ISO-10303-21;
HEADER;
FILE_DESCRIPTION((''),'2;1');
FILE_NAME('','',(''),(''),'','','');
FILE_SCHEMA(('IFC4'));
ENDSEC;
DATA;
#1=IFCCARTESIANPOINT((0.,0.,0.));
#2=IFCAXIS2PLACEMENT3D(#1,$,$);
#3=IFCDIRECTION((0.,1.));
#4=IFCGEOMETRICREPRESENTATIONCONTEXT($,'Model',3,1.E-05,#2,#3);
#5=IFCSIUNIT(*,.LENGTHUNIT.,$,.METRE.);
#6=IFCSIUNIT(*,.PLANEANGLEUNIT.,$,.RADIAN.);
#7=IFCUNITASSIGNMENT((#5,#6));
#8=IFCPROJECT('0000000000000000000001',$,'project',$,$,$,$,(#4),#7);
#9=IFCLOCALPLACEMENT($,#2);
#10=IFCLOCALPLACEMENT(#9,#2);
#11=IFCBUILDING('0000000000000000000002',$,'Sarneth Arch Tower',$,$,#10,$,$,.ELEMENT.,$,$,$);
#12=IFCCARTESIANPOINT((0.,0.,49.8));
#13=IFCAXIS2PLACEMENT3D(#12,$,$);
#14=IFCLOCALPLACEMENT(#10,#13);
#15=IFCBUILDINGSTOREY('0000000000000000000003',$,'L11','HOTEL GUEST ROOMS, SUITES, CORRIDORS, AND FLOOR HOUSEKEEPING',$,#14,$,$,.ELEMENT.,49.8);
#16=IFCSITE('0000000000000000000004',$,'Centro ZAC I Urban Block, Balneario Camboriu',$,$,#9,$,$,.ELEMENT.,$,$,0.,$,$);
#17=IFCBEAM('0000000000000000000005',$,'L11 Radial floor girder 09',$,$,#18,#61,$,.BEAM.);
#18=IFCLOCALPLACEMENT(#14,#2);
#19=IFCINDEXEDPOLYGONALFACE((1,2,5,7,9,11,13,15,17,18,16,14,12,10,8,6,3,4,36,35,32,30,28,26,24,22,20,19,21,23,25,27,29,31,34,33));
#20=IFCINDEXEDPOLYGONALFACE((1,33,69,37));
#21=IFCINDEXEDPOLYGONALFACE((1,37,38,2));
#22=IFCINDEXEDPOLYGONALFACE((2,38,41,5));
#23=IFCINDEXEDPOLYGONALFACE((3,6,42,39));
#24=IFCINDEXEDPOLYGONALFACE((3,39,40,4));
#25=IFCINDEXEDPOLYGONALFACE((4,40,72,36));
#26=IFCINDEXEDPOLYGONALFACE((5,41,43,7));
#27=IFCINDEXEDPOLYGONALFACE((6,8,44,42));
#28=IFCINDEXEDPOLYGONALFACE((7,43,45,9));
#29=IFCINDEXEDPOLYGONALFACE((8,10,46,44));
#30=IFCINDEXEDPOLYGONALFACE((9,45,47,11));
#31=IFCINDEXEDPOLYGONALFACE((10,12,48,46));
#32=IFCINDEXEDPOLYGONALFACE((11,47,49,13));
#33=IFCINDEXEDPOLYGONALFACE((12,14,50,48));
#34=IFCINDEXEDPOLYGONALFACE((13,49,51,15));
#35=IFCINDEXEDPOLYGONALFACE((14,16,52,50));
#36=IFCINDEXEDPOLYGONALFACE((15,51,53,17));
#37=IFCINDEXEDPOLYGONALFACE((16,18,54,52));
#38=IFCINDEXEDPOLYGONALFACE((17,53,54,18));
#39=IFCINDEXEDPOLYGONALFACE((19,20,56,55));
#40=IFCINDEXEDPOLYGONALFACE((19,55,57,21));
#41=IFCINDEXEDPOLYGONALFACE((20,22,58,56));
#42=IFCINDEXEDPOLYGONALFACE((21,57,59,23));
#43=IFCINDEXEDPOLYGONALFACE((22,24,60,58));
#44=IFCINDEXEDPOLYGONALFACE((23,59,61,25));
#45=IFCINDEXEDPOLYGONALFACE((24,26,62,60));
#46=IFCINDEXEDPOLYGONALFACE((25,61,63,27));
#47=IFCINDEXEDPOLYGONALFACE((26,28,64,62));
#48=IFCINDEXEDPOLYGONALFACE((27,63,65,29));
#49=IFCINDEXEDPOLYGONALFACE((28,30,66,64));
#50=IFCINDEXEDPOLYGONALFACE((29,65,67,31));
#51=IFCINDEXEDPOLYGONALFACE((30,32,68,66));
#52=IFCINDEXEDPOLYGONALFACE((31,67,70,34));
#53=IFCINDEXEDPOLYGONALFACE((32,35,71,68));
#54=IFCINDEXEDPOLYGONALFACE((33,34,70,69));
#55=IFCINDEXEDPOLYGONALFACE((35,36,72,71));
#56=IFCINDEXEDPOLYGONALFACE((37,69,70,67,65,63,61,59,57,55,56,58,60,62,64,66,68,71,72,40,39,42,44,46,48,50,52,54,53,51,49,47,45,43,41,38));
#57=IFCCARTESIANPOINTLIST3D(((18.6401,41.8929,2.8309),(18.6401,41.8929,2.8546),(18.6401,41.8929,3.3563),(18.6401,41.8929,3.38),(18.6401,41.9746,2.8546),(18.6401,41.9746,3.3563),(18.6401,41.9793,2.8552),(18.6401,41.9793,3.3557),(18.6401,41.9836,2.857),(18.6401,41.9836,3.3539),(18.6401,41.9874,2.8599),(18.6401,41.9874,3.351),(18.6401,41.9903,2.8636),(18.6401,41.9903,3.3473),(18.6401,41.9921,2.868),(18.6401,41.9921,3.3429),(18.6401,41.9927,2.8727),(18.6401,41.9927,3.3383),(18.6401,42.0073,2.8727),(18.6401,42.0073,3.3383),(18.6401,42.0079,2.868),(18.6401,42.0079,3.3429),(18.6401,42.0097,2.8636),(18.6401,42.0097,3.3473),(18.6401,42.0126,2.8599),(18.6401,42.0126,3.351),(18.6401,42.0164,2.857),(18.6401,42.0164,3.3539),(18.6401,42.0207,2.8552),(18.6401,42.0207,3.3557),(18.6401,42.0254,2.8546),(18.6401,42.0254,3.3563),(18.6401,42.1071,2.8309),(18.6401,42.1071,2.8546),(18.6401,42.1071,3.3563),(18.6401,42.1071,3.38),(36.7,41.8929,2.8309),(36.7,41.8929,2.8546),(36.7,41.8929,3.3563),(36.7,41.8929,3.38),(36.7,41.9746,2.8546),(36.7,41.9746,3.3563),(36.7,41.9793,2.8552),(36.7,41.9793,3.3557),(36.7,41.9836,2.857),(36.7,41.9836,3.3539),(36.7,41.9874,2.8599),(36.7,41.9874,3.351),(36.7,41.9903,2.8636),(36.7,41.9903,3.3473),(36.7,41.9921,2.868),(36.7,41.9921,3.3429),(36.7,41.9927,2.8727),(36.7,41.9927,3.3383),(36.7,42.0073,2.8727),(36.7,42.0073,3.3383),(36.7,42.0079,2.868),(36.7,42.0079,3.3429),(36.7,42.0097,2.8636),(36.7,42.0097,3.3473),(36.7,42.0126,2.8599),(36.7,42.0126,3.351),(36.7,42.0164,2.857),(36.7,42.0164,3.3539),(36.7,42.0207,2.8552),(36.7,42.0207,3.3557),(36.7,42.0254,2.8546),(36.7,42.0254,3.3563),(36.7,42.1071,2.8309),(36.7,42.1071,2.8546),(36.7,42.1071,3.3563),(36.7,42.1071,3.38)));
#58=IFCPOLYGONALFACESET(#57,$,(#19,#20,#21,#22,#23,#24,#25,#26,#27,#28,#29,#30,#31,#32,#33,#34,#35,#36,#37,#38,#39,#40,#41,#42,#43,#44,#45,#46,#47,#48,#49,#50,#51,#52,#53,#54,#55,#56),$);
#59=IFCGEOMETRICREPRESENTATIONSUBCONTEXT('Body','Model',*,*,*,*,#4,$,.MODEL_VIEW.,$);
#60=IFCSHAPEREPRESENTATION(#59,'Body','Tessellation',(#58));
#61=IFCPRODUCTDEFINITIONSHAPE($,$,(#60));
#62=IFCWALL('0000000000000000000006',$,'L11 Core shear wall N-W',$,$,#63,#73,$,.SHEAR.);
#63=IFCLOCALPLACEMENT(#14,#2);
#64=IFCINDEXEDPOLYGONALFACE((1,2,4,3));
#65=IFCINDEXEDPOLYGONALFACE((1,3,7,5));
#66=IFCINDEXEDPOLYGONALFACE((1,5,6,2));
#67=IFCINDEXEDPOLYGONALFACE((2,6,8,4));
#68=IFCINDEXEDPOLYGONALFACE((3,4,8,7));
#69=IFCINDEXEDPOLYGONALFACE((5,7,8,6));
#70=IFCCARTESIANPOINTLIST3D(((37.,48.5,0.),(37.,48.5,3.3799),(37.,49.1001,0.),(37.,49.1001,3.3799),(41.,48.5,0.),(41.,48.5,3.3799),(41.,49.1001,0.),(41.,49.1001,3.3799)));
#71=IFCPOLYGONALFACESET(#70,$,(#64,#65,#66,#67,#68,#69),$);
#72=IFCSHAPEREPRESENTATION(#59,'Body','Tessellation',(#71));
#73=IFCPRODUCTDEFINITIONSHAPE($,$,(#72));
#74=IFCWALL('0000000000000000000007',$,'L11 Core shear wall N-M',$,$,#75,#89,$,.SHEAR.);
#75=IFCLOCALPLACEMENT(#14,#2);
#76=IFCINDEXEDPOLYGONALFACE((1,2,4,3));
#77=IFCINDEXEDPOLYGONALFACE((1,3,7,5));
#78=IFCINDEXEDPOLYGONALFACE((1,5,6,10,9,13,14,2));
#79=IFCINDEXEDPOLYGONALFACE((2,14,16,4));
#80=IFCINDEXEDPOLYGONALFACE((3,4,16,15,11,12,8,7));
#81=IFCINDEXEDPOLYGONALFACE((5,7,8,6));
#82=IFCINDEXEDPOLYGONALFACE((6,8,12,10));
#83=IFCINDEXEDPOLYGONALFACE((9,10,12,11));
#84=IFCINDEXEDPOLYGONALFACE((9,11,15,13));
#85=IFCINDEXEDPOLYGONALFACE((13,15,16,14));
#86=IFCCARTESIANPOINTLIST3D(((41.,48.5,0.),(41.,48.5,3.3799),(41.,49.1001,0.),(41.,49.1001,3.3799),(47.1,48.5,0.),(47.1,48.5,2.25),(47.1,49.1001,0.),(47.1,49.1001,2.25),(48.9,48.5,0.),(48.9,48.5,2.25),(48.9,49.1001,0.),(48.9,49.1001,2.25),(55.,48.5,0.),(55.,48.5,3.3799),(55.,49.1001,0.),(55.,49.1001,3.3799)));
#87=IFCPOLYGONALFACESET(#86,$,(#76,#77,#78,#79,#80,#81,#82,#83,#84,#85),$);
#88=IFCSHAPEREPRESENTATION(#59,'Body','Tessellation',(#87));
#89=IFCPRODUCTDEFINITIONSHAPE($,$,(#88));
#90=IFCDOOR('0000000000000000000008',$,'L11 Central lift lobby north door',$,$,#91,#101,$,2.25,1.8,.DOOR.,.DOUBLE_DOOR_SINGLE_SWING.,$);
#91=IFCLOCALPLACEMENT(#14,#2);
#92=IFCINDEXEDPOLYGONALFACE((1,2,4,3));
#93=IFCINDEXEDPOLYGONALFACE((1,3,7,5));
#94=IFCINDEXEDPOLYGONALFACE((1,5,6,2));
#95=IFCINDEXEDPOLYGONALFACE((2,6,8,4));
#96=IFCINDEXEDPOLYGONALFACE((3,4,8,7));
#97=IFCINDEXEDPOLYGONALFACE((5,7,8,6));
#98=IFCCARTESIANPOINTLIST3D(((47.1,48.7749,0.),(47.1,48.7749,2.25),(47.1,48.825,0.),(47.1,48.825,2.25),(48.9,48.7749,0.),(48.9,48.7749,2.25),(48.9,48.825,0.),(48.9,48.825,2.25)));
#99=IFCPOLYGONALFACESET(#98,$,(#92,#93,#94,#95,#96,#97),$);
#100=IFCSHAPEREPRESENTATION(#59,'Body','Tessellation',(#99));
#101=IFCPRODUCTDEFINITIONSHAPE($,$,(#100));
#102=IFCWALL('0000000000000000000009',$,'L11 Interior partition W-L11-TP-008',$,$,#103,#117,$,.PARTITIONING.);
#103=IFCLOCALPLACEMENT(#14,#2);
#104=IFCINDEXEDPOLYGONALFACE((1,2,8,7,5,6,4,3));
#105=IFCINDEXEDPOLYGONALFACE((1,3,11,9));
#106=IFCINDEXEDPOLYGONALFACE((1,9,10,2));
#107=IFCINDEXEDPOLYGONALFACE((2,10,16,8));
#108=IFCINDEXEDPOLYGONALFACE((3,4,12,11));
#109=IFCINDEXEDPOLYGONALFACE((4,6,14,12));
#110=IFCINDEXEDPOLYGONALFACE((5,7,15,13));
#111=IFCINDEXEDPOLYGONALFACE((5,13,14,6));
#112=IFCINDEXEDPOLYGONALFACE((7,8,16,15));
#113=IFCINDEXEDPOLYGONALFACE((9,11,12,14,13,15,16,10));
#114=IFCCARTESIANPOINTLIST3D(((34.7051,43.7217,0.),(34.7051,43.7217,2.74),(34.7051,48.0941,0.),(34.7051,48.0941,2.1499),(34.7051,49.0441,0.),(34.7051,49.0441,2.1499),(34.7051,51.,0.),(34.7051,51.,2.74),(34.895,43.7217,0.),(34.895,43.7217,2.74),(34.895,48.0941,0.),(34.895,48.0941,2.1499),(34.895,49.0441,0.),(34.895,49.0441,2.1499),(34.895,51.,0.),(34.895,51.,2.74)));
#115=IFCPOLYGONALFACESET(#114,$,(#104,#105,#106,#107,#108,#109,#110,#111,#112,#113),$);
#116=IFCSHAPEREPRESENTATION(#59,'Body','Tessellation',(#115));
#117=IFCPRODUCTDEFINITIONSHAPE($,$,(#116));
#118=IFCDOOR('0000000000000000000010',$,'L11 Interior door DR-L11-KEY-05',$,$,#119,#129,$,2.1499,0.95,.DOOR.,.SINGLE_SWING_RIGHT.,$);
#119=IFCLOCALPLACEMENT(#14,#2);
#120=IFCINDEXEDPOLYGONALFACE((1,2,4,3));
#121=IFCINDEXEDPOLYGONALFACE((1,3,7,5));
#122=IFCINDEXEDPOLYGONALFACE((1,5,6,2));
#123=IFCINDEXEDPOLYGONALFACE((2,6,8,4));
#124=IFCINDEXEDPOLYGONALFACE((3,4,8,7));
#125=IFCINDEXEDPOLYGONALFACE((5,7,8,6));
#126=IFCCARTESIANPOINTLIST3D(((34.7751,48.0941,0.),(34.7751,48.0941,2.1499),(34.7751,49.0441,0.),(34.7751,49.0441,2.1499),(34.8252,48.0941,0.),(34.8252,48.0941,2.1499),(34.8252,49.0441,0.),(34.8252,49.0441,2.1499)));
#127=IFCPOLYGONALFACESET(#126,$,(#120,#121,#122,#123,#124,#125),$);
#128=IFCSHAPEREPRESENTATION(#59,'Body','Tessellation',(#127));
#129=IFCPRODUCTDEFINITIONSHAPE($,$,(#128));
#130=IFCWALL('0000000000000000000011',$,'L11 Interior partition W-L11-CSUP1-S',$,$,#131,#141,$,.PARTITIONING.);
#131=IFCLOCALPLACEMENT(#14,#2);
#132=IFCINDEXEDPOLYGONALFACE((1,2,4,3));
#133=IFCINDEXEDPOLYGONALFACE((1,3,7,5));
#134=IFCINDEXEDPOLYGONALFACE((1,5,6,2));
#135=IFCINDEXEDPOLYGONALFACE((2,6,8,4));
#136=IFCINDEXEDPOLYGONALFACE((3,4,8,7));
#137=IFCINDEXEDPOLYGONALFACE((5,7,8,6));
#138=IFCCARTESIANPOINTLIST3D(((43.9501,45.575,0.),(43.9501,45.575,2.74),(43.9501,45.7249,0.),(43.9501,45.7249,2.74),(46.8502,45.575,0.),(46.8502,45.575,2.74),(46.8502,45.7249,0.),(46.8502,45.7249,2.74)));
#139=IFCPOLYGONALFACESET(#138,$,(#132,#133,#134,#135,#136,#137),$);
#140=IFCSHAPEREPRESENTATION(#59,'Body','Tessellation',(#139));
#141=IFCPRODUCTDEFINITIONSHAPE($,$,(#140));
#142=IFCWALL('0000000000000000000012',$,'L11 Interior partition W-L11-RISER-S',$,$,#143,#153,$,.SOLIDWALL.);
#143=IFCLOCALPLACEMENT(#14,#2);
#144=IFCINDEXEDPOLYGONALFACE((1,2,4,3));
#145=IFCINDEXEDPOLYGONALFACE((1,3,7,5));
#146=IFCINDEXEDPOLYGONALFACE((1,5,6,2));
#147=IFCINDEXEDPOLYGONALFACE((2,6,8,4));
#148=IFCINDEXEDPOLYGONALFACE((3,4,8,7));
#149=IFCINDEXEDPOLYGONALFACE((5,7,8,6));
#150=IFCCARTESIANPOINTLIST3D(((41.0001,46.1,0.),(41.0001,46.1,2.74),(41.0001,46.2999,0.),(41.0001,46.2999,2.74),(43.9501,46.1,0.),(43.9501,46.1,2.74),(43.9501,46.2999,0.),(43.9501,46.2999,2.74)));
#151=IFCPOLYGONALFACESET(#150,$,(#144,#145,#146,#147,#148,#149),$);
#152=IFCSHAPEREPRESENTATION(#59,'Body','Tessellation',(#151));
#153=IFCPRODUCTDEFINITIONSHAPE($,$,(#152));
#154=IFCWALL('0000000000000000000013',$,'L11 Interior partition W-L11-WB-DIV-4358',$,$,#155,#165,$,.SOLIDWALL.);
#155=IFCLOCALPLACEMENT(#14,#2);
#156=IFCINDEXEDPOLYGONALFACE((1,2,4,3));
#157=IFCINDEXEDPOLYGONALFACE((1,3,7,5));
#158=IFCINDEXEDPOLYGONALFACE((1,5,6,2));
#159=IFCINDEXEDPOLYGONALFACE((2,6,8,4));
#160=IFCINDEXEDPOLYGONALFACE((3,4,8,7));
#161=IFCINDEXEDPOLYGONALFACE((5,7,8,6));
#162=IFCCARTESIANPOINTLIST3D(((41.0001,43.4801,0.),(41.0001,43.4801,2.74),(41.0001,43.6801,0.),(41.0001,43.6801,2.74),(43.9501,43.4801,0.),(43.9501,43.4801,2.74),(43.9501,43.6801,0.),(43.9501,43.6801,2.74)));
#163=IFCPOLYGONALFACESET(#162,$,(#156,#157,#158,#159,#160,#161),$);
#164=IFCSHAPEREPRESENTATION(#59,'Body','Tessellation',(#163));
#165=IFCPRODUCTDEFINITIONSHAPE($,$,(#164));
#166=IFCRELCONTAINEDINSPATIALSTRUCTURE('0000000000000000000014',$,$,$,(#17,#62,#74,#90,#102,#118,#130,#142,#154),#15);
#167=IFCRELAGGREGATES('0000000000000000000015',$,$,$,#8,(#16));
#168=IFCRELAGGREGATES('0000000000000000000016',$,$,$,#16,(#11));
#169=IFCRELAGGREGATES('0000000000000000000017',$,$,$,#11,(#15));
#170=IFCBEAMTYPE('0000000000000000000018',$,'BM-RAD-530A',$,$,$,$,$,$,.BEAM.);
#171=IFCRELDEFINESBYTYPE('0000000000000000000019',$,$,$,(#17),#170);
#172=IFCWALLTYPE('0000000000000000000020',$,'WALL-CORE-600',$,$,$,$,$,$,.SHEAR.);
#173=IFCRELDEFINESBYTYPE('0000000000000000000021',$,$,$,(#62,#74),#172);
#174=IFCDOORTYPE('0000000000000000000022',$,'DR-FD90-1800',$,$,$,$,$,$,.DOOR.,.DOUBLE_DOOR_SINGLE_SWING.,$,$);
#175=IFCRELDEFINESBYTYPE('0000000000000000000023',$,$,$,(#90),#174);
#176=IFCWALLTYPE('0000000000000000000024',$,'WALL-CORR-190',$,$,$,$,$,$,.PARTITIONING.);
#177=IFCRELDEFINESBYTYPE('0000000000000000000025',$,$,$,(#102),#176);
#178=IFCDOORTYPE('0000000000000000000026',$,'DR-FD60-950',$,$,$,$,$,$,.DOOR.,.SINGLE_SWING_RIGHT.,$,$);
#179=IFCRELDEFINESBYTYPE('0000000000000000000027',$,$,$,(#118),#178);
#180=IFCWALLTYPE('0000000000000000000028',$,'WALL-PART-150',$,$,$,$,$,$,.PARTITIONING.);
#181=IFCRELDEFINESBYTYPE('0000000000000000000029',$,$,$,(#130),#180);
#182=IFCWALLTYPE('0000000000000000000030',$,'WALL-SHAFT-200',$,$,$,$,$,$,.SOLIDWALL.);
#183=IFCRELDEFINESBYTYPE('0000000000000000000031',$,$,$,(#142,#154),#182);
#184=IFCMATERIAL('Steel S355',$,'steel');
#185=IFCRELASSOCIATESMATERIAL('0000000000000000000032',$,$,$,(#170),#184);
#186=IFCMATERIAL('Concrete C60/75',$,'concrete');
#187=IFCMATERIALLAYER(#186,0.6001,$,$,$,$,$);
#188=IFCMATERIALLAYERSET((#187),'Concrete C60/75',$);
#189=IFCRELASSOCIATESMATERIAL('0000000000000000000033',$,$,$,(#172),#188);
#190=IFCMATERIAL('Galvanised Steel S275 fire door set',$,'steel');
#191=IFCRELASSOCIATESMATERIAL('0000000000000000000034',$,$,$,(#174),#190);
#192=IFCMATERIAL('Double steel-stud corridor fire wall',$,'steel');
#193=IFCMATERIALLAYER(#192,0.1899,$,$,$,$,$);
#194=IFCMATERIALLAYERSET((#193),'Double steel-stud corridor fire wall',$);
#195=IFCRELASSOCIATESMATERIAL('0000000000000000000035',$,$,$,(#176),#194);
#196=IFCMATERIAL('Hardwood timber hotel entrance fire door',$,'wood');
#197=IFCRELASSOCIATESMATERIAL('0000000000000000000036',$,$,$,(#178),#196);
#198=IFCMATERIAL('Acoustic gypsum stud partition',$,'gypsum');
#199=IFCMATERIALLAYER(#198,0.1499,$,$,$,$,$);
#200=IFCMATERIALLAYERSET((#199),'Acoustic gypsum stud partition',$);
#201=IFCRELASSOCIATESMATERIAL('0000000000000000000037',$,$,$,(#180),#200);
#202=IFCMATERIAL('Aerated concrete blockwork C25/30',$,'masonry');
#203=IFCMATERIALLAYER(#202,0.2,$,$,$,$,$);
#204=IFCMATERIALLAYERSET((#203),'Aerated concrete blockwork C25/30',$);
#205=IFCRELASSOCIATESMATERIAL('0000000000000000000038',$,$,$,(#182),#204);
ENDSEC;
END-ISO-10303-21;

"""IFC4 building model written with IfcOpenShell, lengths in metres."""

from ifc_helpers import new_model, si_unit, direction, frame, frame_2d, origin, origin_2d, place, context, subcontext, project, spatial, rectangle, i_section, extrude, material, layer, layer_set, material_profile, profile_set, type_object, element, fill, save


model = new_model("IFC4")

# Units and contexts
model_context = context("Model", 3, precision=1e-05, world=origin(), true_north=direction((0.0, 1.0)))
body_context = subcontext(model_context, "Body", "Model", "MODEL_VIEW")
ifc_project = project(units=[si_unit("LENGTHUNIT", "METRE"), si_unit("PLANEANGLEUNIT", "RADIAN")], contexts=[model_context])

# Site, building, storey
site_placement = place(None, origin())
site = spatial("IfcSite", under=ifc_project, at=site_placement, Name="Centro ZAC I Urban Block, Balneario Camboriu", CompositionType="ELEMENT", RefElevation=0.0)
building_placement = place(site_placement, origin())
building = spatial("IfcBuilding", under=site, at=building_placement, Name="Sarneth Arch Tower", CompositionType="ELEMENT")
storey_placement = place(building_placement, frame((0.0, 0.0, 49.8)))
storey = spatial("IfcBuildingStorey", under=building, at=storey_placement, Name="L11", Description="HOTEL GUEST ROOMS, SUITES, CORRIDORS, AND FLOOR HOUSEKEEPING", CompositionType="ELEMENT", Elevation=49.8)

# Beam
ifc_material_1 = material(Name="Steel S355", Category="steel")
ifc_material_profile = material_profile(ifc_material_1, i_section(OverallWidth=0.2141, OverallDepth=0.5491, WebThickness=0.0146, FlangeThickness=0.0237, FilletRadius=0.0181, at=origin_2d()), Name="W530x138")
ifc_profile_set = profile_set([ifc_material_profile], Name="Steel S355")
beam_type = type_object("IfcBeamType", Name="BM-RAD-530A", PredefinedType="BEAM", material=ifc_profile_set)
beam_1_placement = place(storey_placement, frame((36.7, 42.0, 3.1055), z_axis=(-1.0, 0.0, 0.0), x_axis=(0.0, -1.0, 0.0)))
element("IfcBeam", 1, at=beam_1_placement, inside=storey, type_object=beam_type, Name="L11 Radial floor girder 09", PredefinedType="BEAM", context=body_context, shape_type="SweptSolid", body=[
    extrude(i_section(OverallWidth=0.2141, OverallDepth=0.5491, WebThickness=0.0146, FlangeThickness=0.0237, FilletRadius=0.0181, at=origin_2d()), origin(), (0.0, 0.0, 1.0), 18.0598),
])

# Wall
ifc_material_2 = material(Name="Concrete C60/75", Category="concrete")
ifc_layer_1 = layer(ifc_material_2, 0.6001)
ifc_layer_set_1 = layer_set([ifc_layer_1], Name="Concrete C60/75")
wall_type_1 = type_object("IfcWallType", Name="WALL-CORE-600", PredefinedType="SHEAR", material=ifc_layer_set_1)
wall_1_placement = place(storey_placement, frame((37.0, 48.8, 0.0), z_axis=(0.0, 0.0, 1.0), x_axis=(1.0, 0.0, 0.0)))
element("IfcWall", 2, at=wall_1_placement, inside=storey, type_object=wall_type_1, Name="L11 Core shear wall N-W", PredefinedType="SHEAR", context=body_context, shape_type="SweptSolid", body=[
    extrude(rectangle(XDim=4.0, YDim=0.6001, at=frame_2d((2.0, 0.0))), origin(), (0.0, 0.0, 1.0), 3.3799),
])

# Walls, openings, doors
wall_2_placement = place(storey_placement, frame((41.0, 48.8, 0.0), z_axis=(0.0, 0.0, 1.0), x_axis=(1.0, 0.0, 0.0)))
wall_2 = element("IfcWall", 3, at=wall_2_placement, inside=storey, type_object=wall_type_1, Name="L11 Core shear wall N-M", PredefinedType="SHEAR", context=body_context, shape_type="SweptSolid", body=[
    extrude(rectangle(XDim=14.0, YDim=0.6001, at=frame_2d((7.0, 0.0))), origin(), (0.0, 0.0, 1.0), 3.3799),
])
opening_1_placement = place(wall_2_placement, frame((6.1001, 0.0, 0.0)))
opening_1 = element("IfcOpeningElement", 4, at=opening_1_placement, cuts=wall_2, PredefinedType="OPENING", context=body_context, shape_type="SweptSolid", body=[
    extrude(rectangle(XDim=1.8, YDim=2.25, at=frame_2d((0.8999, 1.125))), frame((0.0, 0.3101, 0.0), z_axis=(0.0, -1.0, 0.0), x_axis=(1.0, 0.0, 0.0)), (0.0, 0.0, 1.0), 0.6201),
])
ifc_material_3 = material(Name="Galvanised Steel S275 fire door set", Category="steel")
door_type_1 = type_object("IfcDoorType", Name="DR-FD90-1800", OperationType="DOUBLE_DOOR_SINGLE_SWING", PredefinedType="DOOR", material=ifc_material_3)
door_1_placement = place(opening_1_placement, origin())
door_1 = element("IfcDoor", 5, at=door_1_placement, inside=storey, type_object=door_type_1, Name="L11 Central lift lobby north door", OperationType="DOUBLE_DOOR_SINGLE_SWING", OverallHeight=2.25, OverallWidth=1.8, PredefinedType="DOOR", context=body_context, shape_type="SweptSolid", body=[
    extrude(rectangle(XDim=1.8, YDim=2.25, at=frame_2d((0.8999, 1.125))), frame((0.0, 0.0249, 0.0), z_axis=(0.0, -1.0, 0.0), x_axis=(1.0, 0.0, 0.0)), (0.0, 0.0, 1.0), 0.05),
])
fill(opening_1, door_1)
ifc_material_4 = material(Name="Double steel-stud corridor fire wall", Category="steel")
ifc_layer_2 = layer(ifc_material_4, 0.1899)
ifc_layer_set_2 = layer_set([ifc_layer_2], Name="Double steel-stud corridor fire wall")
wall_type_2 = type_object("IfcWallType", Name="WALL-CORR-190", PredefinedType="PARTITIONING", material=ifc_layer_set_2)
wall_3_placement = place(storey_placement, frame((34.8, 43.7217, 0.0), z_axis=(0.0, 0.0, 1.0), x_axis=(0.0, 1.0, 0.0)))
wall_3 = element("IfcWall", 6, at=wall_3_placement, inside=storey, type_object=wall_type_2, Name="L11 Interior partition W-L11-TP-008", PredefinedType="PARTITIONING", context=body_context, shape_type="SweptSolid", body=[
    extrude(rectangle(XDim=7.2783, YDim=0.1899, at=frame_2d((3.6392, 0.0))), origin(), (0.0, 0.0, 1.0), 2.74),
])
opening_2_placement = place(wall_3_placement, frame((4.3723, 0.0, 0.0)))
opening_2 = element("IfcOpeningElement", 7, at=opening_2_placement, cuts=wall_3, PredefinedType="OPENING", context=body_context, shape_type="SweptSolid", body=[
    extrude(rectangle(XDim=0.95, YDim=2.1499, at=frame_2d((0.4751, 1.075))), frame((0.0, 0.105, 0.0), z_axis=(0.0, -1.0, 0.0), x_axis=(1.0, 0.0, 0.0)), (0.0, 0.0, 1.0), 0.21),
])
ifc_material_5 = material(Name="Hardwood timber hotel entrance fire door", Category="wood")
door_type_2 = type_object("IfcDoorType", Name="DR-FD60-950", OperationType="SINGLE_SWING_RIGHT", PredefinedType="DOOR", material=ifc_material_5)
door_2_placement = place(opening_2_placement, origin())
door_2 = element("IfcDoor", 8, at=door_2_placement, inside=storey, type_object=door_type_2, Name="L11 Interior door DR-L11-KEY-05", OperationType="SINGLE_SWING_RIGHT", OverallHeight=2.1499, OverallWidth=0.95, PredefinedType="DOOR", context=body_context, shape_type="SweptSolid", body=[
    extrude(rectangle(XDim=0.95, YDim=2.1499, at=frame_2d((0.4751, 1.075))), frame((0.0, 0.0249, 0.0), z_axis=(0.0, -1.0, 0.0), x_axis=(1.0, 0.0, 0.0)), (0.0, 0.0, 1.0), 0.05),
])
fill(opening_2, door_2)

# Wall
ifc_material_6 = material(Name="Acoustic gypsum stud partition", Category="gypsum")
ifc_layer_3 = layer(ifc_material_6, 0.1499)
ifc_layer_set_3 = layer_set([ifc_layer_3], Name="Acoustic gypsum stud partition")
wall_type_3 = type_object("IfcWallType", Name="WALL-PART-150", PredefinedType="PARTITIONING", material=ifc_layer_set_3)
wall_4_placement = place(storey_placement, frame((43.95, 45.6499, 0.0), z_axis=(0.0, 0.0, 1.0), x_axis=(1.0, 0.0, 0.0)))
element("IfcWall", 9, at=wall_4_placement, inside=storey, type_object=wall_type_3, Name="L11 Interior partition W-L11-CSUP1-S", PredefinedType="PARTITIONING", context=body_context, shape_type="SweptSolid", body=[
    extrude(rectangle(XDim=2.9001, YDim=0.1499, at=frame_2d((1.4502, 0.0))), origin(), (0.0, 0.0, 1.0), 2.74),
])

# Wall
ifc_material_7 = material(Name="Aerated concrete blockwork C25/30", Category="masonry")
ifc_layer_4 = layer(ifc_material_7, 0.2)
ifc_layer_set_4 = layer_set([ifc_layer_4], Name="Aerated concrete blockwork C25/30")
wall_type_4 = type_object("IfcWallType", Name="WALL-SHAFT-200", PredefinedType="SOLIDWALL", material=ifc_layer_set_4)
wall_5_placement = place(storey_placement, frame((41.0, 46.2, 0.0), z_axis=(0.0, 0.0, 1.0), x_axis=(1.0, 0.0, 0.0)))
element("IfcWall", 10, at=wall_5_placement, inside=storey, type_object=wall_type_4, Name="L11 Interior partition W-L11-RISER-S", PredefinedType="SOLIDWALL", context=body_context, shape_type="SweptSolid", body=[
    extrude(rectangle(XDim=2.95, YDim=0.2, at=frame_2d((1.4751, 0.0))), origin(), (0.0, 0.0, 1.0), 2.74),
])

# Wall
wall_6_placement = place(storey_placement, frame((41.0, 43.5801, 0.0), z_axis=(0.0, 0.0, 1.0), x_axis=(1.0, 0.0, 0.0)))
element("IfcWall", 11, at=wall_6_placement, inside=storey, type_object=wall_type_4, Name="L11 Interior partition W-L11-WB-DIV-4358", PredefinedType="SOLIDWALL", context=body_context, shape_type="SweptSolid", body=[
    extrude(rectangle(XDim=2.95, YDim=0.2, at=frame_2d((1.4751, 0.0))), origin(), (0.0, 0.0, 1.0), 2.74),
])

save(model, "model.ifc")
